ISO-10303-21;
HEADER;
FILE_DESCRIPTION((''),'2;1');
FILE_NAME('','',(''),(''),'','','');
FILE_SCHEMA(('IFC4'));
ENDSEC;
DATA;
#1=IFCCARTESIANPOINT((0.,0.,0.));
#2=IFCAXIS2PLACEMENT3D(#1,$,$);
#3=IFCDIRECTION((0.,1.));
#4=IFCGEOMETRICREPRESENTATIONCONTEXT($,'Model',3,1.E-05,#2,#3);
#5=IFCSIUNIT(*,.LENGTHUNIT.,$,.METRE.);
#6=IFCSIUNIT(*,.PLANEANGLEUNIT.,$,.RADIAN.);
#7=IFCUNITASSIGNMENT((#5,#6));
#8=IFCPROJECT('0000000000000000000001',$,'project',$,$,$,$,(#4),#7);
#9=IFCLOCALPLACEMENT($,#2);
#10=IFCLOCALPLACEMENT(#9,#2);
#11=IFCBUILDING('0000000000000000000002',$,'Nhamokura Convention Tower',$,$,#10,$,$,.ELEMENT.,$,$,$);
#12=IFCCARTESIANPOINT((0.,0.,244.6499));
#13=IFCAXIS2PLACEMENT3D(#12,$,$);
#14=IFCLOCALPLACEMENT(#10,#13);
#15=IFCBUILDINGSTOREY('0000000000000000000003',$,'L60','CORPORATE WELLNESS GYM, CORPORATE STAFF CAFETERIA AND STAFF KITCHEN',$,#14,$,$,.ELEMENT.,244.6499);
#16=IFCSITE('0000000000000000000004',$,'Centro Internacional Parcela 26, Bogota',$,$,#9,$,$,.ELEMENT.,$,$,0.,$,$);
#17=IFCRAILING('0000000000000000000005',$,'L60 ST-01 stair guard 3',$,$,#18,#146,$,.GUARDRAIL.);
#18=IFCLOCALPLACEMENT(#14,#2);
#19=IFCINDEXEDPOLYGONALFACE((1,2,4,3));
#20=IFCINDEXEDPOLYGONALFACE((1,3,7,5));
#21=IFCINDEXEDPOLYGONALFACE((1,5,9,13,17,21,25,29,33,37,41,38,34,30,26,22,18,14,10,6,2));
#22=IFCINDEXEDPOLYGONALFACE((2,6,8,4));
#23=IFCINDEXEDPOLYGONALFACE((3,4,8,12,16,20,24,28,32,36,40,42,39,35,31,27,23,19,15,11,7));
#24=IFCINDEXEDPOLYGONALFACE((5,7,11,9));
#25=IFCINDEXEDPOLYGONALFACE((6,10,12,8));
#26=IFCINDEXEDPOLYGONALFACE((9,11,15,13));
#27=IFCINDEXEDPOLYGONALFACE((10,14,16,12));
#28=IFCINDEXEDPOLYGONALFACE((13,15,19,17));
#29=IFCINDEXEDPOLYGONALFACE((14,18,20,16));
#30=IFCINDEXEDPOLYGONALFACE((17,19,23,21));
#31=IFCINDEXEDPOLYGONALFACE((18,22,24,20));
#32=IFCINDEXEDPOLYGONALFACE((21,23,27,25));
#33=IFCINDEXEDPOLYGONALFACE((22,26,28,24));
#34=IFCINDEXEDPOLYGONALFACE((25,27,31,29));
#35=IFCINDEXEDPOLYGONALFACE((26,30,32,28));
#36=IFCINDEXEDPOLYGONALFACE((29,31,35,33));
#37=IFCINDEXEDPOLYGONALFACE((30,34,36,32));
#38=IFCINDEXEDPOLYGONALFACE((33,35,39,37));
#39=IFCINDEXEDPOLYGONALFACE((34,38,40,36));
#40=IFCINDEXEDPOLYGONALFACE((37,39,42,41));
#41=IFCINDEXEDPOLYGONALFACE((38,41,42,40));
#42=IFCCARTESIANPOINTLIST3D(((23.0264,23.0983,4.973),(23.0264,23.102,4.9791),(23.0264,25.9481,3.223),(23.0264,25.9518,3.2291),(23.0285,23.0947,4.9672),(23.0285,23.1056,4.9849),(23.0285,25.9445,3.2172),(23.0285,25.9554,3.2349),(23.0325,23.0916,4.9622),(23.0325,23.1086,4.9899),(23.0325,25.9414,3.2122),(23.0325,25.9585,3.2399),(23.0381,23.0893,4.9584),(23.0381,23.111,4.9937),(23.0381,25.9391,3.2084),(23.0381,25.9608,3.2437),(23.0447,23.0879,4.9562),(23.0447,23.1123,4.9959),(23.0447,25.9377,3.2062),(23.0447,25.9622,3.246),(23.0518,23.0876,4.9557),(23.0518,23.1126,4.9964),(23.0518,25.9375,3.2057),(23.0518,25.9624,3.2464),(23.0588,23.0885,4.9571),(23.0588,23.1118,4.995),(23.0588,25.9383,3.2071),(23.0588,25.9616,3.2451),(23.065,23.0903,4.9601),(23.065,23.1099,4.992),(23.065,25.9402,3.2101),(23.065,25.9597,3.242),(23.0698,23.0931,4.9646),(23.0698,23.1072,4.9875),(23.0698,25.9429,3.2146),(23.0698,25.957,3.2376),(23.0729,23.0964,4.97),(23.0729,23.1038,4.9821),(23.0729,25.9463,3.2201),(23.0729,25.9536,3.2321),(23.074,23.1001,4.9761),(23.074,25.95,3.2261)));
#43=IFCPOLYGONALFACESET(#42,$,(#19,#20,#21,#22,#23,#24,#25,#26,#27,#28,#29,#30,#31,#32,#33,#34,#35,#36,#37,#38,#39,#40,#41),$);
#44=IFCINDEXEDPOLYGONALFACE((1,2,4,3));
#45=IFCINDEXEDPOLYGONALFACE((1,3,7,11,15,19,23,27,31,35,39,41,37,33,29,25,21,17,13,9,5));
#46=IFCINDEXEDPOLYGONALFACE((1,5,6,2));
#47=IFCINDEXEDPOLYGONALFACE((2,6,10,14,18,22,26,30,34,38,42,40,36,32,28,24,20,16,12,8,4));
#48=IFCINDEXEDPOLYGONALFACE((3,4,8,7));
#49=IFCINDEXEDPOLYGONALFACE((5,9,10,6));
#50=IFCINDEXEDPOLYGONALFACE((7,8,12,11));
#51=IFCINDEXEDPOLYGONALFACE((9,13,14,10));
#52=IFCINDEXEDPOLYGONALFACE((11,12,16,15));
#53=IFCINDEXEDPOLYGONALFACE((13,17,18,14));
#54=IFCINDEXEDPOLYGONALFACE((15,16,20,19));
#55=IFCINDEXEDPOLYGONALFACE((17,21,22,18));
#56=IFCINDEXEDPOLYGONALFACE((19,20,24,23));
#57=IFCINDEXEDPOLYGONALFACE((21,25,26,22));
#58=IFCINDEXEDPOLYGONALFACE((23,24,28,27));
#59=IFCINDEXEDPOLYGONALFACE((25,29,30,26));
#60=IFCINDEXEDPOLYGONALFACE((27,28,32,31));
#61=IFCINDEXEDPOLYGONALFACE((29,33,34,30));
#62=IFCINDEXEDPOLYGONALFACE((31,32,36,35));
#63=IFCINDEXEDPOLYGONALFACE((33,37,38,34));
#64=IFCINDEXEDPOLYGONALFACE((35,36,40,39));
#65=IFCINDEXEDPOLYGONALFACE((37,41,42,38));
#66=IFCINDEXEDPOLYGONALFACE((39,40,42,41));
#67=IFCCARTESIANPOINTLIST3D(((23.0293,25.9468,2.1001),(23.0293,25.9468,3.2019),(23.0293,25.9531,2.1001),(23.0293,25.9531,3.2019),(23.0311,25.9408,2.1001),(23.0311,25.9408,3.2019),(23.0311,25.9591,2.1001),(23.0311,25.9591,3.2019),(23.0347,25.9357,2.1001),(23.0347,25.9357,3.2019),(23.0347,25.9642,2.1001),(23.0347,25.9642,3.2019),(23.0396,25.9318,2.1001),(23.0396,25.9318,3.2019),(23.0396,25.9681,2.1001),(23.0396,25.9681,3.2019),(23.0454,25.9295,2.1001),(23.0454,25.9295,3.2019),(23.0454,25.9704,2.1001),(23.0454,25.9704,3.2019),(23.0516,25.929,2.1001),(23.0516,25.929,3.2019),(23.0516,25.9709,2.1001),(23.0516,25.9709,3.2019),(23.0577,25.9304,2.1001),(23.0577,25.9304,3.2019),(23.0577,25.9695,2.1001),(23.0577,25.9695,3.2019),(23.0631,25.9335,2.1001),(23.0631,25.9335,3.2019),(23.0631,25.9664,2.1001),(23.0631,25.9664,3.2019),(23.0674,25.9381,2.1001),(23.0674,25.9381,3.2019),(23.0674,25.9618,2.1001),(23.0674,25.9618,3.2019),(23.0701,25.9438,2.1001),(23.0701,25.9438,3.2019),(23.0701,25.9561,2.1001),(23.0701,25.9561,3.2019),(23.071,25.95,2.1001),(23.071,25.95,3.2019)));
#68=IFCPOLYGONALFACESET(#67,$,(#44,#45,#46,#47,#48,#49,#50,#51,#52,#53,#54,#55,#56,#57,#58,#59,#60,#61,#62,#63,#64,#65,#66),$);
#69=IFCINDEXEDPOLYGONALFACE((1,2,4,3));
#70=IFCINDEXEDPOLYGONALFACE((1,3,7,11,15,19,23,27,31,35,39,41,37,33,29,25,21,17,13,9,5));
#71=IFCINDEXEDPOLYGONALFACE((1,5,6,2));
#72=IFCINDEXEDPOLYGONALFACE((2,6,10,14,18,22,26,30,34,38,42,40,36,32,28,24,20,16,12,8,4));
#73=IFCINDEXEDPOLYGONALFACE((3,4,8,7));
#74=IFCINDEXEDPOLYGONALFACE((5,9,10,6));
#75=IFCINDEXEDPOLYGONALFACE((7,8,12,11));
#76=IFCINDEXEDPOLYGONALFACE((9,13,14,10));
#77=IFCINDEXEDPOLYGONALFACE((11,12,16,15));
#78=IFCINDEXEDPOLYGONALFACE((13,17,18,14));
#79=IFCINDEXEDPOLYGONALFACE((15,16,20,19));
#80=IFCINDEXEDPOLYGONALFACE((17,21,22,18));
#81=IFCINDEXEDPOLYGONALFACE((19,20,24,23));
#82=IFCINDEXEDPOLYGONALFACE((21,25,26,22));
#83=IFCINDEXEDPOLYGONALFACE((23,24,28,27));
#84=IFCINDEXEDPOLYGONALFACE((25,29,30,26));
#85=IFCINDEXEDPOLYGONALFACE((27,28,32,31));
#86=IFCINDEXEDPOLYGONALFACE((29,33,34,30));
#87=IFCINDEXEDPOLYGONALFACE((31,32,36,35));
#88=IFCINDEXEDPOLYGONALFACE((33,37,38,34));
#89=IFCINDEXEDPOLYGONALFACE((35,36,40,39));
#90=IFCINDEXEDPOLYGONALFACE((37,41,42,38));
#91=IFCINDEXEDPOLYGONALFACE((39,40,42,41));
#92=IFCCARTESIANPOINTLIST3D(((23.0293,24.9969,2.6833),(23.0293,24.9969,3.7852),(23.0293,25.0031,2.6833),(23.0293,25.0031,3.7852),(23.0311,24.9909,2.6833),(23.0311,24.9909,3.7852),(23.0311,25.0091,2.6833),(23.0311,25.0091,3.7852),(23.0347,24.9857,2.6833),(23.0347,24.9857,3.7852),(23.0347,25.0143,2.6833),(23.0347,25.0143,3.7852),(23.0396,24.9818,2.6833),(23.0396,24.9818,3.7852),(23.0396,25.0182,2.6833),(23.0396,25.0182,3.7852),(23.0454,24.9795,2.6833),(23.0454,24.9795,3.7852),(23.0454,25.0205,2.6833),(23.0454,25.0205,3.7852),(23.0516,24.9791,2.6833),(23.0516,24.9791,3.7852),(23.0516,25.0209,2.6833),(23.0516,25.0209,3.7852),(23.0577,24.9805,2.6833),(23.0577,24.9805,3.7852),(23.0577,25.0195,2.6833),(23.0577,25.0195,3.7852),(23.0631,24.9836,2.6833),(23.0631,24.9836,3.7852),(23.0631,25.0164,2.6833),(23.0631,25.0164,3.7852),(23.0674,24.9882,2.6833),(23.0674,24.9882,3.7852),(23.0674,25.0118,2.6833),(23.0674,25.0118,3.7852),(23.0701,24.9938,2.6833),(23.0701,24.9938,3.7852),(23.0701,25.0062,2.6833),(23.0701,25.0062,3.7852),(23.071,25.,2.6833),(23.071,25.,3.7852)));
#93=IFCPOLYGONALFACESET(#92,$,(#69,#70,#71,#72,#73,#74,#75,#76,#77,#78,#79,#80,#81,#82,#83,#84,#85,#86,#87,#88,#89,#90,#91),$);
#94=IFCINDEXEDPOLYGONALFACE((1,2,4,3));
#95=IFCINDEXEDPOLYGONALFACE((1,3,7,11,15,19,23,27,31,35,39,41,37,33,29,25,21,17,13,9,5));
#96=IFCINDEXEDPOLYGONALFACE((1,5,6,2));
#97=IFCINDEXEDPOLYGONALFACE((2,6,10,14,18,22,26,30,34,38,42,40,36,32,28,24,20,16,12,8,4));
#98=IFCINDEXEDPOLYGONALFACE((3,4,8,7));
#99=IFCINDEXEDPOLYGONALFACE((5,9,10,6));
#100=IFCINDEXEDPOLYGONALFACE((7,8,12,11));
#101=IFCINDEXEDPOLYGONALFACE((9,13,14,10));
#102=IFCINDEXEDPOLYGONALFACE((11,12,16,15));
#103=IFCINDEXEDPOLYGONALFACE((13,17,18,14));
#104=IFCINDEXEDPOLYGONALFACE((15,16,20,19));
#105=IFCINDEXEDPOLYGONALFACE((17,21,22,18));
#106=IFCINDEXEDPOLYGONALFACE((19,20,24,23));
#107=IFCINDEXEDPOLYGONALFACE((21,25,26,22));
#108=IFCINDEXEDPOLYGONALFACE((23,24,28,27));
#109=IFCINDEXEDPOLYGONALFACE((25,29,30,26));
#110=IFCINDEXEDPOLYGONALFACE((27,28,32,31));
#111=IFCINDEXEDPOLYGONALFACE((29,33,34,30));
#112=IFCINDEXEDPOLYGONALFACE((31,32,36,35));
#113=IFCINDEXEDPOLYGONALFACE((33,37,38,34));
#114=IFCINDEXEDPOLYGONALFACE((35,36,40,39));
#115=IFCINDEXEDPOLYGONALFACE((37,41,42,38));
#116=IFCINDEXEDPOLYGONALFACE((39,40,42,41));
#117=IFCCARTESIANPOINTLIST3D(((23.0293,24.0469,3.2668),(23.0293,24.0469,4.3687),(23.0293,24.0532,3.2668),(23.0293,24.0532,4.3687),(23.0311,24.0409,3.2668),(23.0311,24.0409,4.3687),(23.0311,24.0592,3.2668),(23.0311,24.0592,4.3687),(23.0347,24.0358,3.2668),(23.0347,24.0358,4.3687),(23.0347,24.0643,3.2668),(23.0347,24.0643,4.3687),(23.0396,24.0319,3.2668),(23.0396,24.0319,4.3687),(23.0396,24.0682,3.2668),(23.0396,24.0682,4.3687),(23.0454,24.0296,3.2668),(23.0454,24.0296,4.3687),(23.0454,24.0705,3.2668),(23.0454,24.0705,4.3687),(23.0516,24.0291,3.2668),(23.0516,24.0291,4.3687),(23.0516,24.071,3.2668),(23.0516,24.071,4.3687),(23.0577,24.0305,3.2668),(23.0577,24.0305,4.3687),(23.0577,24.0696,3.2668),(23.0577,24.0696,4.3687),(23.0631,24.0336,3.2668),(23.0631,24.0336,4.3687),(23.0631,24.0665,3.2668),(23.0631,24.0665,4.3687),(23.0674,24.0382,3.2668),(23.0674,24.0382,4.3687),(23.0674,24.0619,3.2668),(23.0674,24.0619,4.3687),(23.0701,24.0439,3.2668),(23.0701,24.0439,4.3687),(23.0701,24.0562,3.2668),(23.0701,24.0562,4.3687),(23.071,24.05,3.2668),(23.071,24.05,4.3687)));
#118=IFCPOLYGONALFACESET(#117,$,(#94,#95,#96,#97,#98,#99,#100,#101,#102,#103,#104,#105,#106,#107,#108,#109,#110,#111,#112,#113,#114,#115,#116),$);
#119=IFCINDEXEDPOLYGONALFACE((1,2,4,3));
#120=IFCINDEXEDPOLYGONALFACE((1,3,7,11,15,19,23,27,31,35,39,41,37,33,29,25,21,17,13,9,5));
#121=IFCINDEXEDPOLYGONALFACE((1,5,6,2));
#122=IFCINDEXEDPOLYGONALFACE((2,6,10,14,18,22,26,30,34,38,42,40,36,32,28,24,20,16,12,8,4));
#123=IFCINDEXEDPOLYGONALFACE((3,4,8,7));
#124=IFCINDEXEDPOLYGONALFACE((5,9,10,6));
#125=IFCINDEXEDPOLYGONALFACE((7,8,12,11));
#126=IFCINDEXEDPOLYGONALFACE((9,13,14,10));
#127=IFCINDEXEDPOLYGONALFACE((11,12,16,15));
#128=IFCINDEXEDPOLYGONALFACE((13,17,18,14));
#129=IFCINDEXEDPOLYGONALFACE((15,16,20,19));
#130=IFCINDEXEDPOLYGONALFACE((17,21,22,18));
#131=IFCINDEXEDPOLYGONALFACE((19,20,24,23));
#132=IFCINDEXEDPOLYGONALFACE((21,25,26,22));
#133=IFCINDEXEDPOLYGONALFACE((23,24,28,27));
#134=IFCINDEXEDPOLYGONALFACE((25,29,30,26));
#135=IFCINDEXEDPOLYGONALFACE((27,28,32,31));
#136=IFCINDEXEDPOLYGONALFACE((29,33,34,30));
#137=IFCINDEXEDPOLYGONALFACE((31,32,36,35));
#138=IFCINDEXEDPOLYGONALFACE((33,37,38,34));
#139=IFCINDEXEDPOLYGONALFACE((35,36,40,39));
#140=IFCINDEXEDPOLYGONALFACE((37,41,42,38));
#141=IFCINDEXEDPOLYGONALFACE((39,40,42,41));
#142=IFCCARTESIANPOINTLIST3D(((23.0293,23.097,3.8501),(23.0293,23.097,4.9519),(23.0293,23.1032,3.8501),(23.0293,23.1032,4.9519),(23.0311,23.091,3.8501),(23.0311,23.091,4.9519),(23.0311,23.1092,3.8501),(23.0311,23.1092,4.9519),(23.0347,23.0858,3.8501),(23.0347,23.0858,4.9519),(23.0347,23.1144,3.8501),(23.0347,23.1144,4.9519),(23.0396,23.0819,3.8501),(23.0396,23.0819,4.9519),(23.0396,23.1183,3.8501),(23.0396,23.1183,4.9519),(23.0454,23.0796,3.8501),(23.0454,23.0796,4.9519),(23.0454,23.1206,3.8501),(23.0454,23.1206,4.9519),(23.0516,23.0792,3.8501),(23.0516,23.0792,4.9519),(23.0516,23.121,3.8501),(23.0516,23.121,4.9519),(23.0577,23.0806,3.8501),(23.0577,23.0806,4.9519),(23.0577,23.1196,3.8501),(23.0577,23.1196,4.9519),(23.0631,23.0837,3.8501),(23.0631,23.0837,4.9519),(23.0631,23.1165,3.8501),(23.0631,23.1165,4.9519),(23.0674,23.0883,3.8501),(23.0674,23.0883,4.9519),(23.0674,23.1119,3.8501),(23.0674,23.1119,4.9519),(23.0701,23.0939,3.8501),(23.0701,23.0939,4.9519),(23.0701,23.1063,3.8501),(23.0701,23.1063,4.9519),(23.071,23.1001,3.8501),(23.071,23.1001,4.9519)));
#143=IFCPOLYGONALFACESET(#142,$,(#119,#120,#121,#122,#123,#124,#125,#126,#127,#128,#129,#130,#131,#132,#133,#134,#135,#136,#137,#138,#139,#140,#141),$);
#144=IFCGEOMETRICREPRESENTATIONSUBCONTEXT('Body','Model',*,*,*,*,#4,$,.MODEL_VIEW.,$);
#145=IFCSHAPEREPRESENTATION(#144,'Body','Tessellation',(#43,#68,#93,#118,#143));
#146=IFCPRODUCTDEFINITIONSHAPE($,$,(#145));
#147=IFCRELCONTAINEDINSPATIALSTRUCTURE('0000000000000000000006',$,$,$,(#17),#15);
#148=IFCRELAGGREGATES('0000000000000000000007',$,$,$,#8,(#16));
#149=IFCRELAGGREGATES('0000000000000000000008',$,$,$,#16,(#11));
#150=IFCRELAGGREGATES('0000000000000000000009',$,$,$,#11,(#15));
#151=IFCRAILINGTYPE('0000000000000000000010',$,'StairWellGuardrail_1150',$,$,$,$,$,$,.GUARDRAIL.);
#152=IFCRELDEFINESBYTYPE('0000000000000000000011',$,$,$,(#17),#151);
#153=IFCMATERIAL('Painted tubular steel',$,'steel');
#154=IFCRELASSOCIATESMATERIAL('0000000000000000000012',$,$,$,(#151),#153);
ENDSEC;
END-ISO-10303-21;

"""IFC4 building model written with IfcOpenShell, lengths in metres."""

from ifc_helpers import new_model, si_unit, direction, frame, origin, origin_2d, place, context, subcontext, project, spatial, circle, extrude, material, type_object, element, save


model = new_model("IFC4")

# Units and contexts
model_context = context("Model", 3, precision=1e-05, world=origin(), true_north=direction((0.0, 1.0)))
body_context = subcontext(model_context, "Body", "Model", "MODEL_VIEW")
ifc_project = project(units=[si_unit("LENGTHUNIT", "METRE"), si_unit("PLANEANGLEUNIT", "RADIAN")], contexts=[model_context])

# Site, building, storey
site_placement = place(None, origin())
site = spatial("IfcSite", under=ifc_project, at=site_placement, Name="Centro Internacional Parcela 26, Bogota", CompositionType="ELEMENT", RefElevation=0.0)
building_placement = place(site_placement, origin())
building = spatial("IfcBuilding", under=site, at=building_placement, Name="Nhamokura Convention Tower", CompositionType="ELEMENT")
storey_placement = place(building_placement, frame((0.0, 0.0, 244.6499)))
storey = spatial("IfcBuildingStorey", under=building, at=storey_placement, Name="L60", Description="CORPORATE WELLNESS GYM, CORPORATE STAFF CAFETERIA AND STAFF KITCHEN", CompositionType="ELEMENT", Elevation=244.6499)

# Railing
ifc_material_1 = material(Name="Painted tubular steel", Category="steel")
railing_type_1 = type_object("IfcRailingType", Name="StairWellGuardrail_1150", PredefinedType="GUARDRAIL", material=ifc_material_1)
railing_1_placement = place(storey_placement, frame((23.05, 25.95, 2.1001)))
element("IfcRailing", 1, at=railing_1_placement, inside=storey, type_object=railing_type_1, Name="L60 ST-01 stair guard 3", PredefinedType="GUARDRAIL", context=body_context, shape_type="SweptSolid", body=[
    extrude(circle(Radius=0.0239, at=origin_2d()), frame((0.0, 0.0, 1.126), z_axis=(0.0, -0.852159, 0.523283), x_axis=(1.0, 0.0, 0.0)), (0.0, 0.0, 1.0), 3.3442),
    extrude(circle(Radius=0.021, at=origin_2d()), origin(), (0.0, 0.0, 1.0), 1.1018),
    extrude(circle(Radius=0.021, at=origin_2d()), frame((0.0, -0.95, 0.5833)), (0.0, 0.0, 1.0), 1.1018),
    extrude(circle(Radius=0.021, at=origin_2d()), frame((0.0, -1.8999, 1.1667)), (0.0, 0.0, 1.0), 1.1018),
    extrude(circle(Radius=0.021, at=origin_2d()), frame((0.0, -2.8499, 1.75)), (0.0, 0.0, 1.0), 1.1018),
])

save(model, "model.ifc")
